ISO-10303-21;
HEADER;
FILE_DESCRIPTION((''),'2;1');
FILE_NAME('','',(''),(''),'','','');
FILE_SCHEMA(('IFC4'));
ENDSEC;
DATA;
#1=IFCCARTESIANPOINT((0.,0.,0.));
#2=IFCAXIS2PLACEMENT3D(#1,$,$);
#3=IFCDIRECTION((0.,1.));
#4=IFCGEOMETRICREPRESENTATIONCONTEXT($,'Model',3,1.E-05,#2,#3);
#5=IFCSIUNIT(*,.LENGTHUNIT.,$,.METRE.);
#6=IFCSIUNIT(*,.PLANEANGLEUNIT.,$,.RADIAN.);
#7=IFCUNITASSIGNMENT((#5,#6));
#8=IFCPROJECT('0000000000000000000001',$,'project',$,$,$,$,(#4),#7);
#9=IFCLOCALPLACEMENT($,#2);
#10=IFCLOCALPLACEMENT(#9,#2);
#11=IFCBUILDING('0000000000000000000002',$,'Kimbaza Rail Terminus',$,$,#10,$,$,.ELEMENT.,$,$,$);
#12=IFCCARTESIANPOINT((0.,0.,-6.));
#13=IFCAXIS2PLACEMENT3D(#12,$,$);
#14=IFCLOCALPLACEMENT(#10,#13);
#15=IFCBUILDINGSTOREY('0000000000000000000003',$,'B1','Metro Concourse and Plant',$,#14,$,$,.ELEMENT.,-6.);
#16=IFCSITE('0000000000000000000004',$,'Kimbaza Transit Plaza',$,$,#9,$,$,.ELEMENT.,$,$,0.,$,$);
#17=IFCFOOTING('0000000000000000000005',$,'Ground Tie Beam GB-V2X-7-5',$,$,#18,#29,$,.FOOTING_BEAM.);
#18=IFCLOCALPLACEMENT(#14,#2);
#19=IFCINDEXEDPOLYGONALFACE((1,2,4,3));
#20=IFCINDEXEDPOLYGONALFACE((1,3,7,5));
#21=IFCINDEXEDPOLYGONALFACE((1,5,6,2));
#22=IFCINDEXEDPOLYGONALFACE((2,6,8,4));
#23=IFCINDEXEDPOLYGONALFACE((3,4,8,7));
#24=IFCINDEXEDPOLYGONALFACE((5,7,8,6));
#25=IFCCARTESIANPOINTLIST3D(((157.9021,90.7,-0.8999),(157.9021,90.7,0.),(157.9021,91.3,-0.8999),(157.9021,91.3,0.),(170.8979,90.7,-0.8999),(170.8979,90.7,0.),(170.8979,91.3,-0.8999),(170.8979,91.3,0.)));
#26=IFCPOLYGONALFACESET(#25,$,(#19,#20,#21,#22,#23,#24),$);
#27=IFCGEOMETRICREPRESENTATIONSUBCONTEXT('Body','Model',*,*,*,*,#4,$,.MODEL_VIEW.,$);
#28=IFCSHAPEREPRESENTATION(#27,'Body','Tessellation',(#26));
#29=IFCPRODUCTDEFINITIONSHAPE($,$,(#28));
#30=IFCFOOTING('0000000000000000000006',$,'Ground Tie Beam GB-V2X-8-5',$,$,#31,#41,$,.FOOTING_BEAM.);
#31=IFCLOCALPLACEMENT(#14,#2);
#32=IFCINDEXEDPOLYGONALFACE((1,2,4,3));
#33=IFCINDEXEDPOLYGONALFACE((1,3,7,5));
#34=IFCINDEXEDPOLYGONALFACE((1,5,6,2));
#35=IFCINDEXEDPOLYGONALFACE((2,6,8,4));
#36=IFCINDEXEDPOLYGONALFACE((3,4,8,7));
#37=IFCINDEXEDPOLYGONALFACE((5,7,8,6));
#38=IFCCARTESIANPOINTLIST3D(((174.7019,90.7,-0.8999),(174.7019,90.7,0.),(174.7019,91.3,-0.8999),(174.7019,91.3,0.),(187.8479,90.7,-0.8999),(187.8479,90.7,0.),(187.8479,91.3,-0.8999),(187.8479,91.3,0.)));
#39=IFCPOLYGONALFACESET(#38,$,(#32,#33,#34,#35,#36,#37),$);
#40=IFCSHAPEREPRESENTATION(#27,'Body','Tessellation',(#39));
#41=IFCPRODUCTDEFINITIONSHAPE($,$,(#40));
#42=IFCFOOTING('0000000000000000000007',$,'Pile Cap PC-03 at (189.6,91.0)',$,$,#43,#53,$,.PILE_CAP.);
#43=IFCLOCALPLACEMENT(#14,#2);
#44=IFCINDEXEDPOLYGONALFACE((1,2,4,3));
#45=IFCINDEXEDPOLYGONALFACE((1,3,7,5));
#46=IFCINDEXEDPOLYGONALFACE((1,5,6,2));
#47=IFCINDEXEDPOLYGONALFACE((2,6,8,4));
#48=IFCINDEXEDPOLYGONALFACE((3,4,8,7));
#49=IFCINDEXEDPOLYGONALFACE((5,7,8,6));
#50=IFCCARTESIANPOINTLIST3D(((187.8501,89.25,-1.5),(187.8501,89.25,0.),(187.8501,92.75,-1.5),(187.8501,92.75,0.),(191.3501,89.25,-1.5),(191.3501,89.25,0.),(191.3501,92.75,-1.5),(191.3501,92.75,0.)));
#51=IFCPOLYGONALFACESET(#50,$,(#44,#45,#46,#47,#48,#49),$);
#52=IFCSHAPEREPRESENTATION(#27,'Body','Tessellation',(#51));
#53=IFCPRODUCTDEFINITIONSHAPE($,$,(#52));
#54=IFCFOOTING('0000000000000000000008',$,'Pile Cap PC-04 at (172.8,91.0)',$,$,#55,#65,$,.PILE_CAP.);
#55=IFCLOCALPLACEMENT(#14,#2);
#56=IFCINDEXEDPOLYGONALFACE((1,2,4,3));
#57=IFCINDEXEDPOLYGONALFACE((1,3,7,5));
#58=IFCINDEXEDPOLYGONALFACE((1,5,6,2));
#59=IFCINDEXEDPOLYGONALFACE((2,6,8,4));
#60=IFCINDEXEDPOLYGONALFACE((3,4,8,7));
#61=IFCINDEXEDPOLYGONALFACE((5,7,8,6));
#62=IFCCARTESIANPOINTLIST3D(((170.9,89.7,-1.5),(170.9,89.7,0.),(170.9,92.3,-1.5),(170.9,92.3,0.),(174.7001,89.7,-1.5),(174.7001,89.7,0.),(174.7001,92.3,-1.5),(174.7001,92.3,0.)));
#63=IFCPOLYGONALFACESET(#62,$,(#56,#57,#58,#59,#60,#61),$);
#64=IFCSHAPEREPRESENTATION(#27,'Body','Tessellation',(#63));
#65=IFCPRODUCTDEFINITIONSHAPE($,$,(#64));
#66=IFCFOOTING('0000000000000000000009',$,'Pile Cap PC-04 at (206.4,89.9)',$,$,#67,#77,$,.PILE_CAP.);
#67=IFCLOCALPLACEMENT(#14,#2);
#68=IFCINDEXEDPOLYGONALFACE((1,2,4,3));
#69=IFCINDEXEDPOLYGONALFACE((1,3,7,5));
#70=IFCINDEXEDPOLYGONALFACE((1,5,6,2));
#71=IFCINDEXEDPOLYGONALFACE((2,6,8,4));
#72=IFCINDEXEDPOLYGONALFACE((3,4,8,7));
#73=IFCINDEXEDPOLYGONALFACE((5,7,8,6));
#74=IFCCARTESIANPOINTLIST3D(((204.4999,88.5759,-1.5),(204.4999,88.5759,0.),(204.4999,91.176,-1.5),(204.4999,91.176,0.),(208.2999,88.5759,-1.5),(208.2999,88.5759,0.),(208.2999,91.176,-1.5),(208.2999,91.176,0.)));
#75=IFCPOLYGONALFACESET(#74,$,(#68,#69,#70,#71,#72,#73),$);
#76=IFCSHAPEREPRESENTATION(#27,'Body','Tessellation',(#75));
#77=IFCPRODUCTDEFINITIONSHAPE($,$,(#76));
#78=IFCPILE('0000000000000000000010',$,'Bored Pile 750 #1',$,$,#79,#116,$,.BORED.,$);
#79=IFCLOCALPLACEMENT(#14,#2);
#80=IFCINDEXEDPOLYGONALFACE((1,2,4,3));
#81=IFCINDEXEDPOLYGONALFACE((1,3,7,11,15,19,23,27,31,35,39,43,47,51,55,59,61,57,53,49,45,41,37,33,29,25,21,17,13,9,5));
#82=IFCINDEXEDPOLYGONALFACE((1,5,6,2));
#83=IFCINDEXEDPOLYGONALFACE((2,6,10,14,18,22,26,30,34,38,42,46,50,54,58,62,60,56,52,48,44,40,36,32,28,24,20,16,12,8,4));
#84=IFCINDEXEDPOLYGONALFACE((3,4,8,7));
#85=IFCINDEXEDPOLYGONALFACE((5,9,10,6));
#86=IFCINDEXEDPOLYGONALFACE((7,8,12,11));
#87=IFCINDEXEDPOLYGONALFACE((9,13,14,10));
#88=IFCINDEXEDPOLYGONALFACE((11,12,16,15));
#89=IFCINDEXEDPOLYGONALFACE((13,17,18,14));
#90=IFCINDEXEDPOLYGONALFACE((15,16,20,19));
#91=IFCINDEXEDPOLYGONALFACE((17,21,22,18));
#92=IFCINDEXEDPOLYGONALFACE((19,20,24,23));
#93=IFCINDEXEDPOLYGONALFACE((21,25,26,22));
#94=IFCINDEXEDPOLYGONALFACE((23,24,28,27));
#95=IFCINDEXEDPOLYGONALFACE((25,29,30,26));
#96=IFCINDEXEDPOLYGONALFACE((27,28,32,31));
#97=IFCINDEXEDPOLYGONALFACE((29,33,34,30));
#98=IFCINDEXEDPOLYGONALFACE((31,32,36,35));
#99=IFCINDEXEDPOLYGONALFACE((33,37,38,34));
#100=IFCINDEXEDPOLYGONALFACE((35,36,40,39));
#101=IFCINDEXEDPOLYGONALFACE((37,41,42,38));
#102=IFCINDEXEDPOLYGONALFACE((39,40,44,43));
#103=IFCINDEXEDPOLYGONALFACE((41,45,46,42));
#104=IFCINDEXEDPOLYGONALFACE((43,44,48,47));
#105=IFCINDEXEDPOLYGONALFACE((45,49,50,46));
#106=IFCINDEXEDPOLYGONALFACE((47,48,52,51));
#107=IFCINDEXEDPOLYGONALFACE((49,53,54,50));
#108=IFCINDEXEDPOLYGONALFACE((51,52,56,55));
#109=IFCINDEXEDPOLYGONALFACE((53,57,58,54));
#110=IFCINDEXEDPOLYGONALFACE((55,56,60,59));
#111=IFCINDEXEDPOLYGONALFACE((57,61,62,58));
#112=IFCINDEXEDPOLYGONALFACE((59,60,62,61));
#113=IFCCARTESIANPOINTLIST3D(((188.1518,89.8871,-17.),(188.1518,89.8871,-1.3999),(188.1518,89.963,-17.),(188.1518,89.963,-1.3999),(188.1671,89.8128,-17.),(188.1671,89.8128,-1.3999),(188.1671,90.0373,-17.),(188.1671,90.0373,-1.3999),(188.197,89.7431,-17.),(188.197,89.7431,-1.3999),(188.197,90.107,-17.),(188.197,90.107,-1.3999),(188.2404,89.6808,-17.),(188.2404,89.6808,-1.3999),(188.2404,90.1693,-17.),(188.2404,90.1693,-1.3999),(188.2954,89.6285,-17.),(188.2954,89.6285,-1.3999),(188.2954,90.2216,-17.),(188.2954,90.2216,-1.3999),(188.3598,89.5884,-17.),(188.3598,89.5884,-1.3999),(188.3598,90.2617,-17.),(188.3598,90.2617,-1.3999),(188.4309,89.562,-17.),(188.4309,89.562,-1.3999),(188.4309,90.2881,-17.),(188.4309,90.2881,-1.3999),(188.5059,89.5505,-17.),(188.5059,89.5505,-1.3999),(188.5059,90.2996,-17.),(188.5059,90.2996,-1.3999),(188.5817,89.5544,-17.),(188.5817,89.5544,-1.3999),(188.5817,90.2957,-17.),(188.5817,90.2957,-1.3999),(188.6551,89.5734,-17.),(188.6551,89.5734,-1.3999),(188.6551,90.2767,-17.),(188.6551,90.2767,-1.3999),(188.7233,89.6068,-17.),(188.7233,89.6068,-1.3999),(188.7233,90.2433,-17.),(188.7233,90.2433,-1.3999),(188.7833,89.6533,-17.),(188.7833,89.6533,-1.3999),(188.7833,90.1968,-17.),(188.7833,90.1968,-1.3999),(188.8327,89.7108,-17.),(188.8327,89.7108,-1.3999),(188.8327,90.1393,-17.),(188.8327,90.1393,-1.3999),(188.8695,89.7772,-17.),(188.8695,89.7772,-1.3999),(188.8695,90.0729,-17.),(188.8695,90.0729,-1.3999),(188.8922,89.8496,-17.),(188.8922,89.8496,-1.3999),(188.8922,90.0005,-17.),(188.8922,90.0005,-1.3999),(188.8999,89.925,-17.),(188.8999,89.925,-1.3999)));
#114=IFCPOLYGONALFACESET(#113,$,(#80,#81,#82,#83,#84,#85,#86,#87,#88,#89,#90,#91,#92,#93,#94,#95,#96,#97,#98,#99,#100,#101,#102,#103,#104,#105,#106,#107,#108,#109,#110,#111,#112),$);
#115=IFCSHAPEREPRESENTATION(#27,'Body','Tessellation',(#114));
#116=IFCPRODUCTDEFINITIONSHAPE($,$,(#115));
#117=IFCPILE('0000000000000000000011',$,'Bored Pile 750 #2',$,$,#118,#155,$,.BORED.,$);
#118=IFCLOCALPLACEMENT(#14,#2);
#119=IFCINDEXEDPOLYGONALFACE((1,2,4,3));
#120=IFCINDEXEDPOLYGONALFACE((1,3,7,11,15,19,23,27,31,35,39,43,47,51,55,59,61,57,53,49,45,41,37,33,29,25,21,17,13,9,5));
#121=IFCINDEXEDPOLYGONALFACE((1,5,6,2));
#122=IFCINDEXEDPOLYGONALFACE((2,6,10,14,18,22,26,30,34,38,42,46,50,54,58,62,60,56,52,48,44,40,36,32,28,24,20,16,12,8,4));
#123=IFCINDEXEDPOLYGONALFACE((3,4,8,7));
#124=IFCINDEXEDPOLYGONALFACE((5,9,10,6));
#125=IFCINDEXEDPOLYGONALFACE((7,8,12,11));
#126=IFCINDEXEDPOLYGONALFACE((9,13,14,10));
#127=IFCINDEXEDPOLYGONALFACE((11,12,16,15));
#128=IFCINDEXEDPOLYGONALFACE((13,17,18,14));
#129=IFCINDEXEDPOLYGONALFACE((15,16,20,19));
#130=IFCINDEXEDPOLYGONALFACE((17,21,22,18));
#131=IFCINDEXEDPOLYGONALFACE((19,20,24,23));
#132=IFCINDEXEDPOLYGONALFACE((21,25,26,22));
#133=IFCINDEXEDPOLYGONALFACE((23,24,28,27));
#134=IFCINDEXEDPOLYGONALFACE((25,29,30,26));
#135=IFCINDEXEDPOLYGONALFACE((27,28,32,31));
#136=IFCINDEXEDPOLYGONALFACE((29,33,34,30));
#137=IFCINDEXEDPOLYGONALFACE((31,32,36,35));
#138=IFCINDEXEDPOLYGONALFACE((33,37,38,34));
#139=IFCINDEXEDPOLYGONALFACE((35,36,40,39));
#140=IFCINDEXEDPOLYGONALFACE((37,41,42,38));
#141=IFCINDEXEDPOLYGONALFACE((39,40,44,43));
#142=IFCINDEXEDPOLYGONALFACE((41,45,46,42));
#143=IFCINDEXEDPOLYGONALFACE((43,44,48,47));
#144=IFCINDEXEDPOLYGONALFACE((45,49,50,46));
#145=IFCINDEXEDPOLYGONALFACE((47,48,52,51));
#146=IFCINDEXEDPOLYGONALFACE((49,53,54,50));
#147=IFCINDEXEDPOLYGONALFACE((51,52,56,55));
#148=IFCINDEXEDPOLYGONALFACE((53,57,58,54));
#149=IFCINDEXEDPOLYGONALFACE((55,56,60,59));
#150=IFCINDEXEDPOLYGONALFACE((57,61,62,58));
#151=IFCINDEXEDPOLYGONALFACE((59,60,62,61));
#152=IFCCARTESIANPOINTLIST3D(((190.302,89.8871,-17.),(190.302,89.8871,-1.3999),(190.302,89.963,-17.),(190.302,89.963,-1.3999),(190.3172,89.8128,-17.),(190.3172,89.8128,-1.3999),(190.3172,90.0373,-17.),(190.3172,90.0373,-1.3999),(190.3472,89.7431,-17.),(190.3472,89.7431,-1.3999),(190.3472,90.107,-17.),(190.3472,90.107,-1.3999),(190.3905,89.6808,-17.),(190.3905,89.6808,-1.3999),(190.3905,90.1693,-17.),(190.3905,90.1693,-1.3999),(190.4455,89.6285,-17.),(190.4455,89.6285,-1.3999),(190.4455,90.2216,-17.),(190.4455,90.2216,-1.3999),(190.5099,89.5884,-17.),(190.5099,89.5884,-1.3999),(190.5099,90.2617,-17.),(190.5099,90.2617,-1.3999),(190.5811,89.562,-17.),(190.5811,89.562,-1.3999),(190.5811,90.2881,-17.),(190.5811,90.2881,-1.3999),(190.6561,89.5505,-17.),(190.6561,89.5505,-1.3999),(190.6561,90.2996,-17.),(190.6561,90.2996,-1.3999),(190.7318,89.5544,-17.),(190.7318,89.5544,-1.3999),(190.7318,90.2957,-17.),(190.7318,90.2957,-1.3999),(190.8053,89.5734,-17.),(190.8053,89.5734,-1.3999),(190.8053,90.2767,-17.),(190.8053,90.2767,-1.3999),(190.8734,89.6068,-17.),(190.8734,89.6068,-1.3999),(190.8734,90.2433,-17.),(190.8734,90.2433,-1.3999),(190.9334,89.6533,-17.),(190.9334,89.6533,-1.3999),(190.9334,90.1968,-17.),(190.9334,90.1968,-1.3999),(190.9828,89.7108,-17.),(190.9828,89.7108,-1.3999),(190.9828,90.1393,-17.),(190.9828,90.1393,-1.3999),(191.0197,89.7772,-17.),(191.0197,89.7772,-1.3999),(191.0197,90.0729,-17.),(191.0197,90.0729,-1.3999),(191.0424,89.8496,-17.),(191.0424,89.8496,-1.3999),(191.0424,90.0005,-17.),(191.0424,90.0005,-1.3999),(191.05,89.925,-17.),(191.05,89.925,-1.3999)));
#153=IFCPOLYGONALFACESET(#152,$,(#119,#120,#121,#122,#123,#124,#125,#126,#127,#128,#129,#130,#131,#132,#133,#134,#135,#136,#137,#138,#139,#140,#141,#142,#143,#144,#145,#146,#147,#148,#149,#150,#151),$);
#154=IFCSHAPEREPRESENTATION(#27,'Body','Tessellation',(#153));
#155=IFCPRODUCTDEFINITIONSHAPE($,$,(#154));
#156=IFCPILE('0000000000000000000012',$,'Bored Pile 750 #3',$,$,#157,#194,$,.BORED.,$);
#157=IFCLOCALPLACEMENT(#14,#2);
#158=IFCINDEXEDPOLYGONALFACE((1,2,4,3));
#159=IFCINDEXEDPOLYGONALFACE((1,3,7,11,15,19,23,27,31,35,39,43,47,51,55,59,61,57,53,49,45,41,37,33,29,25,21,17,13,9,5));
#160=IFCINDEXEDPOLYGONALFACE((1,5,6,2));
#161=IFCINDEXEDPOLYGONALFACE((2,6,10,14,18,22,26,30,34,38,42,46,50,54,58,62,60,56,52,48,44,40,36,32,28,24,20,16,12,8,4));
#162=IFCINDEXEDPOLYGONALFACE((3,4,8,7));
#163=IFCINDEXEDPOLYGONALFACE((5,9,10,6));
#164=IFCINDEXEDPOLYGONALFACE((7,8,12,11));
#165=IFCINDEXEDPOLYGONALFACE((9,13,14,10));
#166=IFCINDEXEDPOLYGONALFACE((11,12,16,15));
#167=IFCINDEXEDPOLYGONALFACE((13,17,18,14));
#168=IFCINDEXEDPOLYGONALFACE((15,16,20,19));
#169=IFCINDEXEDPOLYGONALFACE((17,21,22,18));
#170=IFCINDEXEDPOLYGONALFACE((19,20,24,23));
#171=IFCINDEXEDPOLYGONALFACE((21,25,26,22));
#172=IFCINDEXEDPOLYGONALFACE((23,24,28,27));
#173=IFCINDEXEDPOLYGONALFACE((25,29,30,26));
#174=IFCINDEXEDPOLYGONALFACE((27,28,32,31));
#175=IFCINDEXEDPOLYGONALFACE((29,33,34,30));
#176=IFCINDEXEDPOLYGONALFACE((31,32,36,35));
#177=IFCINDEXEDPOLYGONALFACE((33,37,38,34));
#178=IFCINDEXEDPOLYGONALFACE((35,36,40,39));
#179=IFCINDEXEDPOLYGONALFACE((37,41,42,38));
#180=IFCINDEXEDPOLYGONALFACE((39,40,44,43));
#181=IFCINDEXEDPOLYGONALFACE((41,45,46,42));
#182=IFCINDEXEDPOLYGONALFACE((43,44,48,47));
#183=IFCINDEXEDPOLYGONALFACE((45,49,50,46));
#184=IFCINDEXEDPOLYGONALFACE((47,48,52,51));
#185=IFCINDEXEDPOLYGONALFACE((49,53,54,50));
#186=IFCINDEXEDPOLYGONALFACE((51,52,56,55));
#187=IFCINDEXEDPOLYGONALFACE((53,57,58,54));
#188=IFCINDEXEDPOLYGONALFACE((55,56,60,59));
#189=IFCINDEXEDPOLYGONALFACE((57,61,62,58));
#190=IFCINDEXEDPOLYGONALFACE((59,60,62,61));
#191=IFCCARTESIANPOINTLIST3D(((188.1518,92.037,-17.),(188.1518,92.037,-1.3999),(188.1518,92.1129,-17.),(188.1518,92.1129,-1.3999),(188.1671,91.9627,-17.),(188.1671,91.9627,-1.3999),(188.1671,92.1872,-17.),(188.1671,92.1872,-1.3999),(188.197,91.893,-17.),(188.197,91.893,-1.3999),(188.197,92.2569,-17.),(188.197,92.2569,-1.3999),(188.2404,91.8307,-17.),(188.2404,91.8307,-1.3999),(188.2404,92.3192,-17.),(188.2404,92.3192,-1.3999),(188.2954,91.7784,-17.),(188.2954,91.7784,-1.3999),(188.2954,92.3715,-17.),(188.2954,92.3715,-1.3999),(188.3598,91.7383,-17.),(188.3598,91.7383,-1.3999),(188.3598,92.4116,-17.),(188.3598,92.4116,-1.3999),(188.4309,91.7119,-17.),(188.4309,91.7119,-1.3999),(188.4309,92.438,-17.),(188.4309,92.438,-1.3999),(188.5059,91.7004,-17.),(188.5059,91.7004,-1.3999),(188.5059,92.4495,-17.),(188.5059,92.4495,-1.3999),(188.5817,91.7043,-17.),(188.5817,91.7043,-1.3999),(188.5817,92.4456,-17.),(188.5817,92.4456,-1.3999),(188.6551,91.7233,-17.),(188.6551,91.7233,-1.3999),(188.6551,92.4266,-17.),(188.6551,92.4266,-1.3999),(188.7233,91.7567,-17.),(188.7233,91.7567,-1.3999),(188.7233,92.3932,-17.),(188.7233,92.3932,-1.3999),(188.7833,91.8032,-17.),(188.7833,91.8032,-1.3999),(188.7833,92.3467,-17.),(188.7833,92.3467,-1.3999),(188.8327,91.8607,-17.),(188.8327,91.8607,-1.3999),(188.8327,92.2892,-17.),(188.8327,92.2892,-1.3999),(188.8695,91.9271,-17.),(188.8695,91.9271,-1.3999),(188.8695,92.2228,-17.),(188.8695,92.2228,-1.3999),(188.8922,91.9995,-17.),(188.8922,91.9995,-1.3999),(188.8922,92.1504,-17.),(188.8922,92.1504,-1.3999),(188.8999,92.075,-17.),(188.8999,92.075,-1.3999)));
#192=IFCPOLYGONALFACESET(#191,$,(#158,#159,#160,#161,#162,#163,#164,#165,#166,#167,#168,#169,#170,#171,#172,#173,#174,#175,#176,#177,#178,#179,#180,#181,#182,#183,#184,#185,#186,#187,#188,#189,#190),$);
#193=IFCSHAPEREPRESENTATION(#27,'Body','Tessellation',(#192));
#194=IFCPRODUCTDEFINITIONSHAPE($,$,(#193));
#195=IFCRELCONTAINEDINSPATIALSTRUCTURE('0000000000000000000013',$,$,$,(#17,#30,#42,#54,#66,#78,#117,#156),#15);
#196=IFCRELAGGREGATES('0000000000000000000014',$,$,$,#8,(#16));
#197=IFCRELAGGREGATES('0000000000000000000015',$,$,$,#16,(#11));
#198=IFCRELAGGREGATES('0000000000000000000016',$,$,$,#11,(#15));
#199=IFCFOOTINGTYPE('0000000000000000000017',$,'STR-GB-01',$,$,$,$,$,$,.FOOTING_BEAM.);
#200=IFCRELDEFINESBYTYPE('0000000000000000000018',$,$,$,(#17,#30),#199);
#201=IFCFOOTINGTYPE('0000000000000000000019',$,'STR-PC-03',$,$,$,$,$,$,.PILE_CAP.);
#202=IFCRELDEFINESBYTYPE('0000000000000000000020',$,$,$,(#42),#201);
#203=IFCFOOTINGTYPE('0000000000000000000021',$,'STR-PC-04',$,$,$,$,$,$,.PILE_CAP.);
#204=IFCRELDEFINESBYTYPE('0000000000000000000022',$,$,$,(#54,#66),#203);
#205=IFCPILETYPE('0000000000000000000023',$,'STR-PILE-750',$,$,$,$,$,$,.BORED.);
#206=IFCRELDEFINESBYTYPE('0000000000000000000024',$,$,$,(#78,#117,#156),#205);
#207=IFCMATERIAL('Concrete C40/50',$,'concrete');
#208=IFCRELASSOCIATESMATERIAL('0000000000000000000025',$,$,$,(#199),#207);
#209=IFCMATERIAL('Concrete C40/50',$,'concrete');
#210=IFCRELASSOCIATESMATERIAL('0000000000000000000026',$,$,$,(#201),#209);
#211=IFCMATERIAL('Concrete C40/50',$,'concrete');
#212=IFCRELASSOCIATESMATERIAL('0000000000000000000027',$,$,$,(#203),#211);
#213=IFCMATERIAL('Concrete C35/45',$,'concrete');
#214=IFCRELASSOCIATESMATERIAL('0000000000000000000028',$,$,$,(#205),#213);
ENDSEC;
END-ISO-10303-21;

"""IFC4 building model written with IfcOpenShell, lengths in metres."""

from ifc_helpers import new_model, si_unit, direction, frame, origin, origin_2d, place, context, subcontext, project, spatial, rectangle, circle, extrude, material, material_profile, profile_set, type_object, element, save


model = new_model("IFC4")

# Units and contexts
model_context = context("Model", 3, precision=1e-05, world=origin(), true_north=direction((0.0, 1.0)))
body_context = subcontext(model_context, "Body", "Model", "MODEL_VIEW")
ifc_project = project(units=[si_unit("LENGTHUNIT", "METRE"), si_unit("PLANEANGLEUNIT", "RADIAN")], contexts=[model_context])

# Site, building, storey
site_placement = place(None, origin())
site = spatial("IfcSite", under=ifc_project, at=site_placement, Name="Kimbaza Transit Plaza", CompositionType="ELEMENT", RefElevation=0.0)
building_placement = place(site_placement, origin())
building = spatial("IfcBuilding", under=site, at=building_placement, Name="Kimbaza Rail Terminus", CompositionType="ELEMENT")
storey_placement = place(building_placement, frame((0.0, 0.0, -6.0)))
storey = spatial("IfcBuildingStorey", under=building, at=storey_placement, Name="B1", Description="Metro Concourse and Plant", CompositionType="ELEMENT", Elevation=-6.0)

# Footings
ifc_material_1 = material(Name="Concrete C40/50", Category="concrete")
ifc_material_profile_1 = material_profile(ifc_material_1, rectangle(XDim=0.6001, YDim=0.8999, at=origin_2d()), Name="GB-01 600x900")
ifc_profile_set_1 = profile_set([ifc_material_profile_1], Name="Concrete C40/50")
footing_type_1 = type_object("IfcFootingType", Name="STR-GB-01", PredefinedType="FOOTING_BEAM", material=ifc_profile_set_1)
footing_1_placement = place(storey_placement, frame((157.9021, 91.0, -0.45), z_axis=(1.0, 0.0, 0.0), x_axis=(0.0, 1.0, 0.0)))
element("IfcFooting", 1, at=footing_1_placement, inside=storey, type_object=footing_type_1, Name="Ground Tie Beam GB-V2X-7-5", PredefinedType="FOOTING_BEAM", context=body_context, shape_type="SweptSolid", body=[
    extrude(rectangle(XDim=0.6001, YDim=0.8999, at=origin_2d()), origin(), (0.0, 0.0, 1.0), 12.9958),
])
footing_2_placement = place(storey_placement, frame((174.7019, 91.0, -0.45), z_axis=(1.0, 0.0, 0.0), x_axis=(0.0, 1.0, 0.0)))
element("IfcFooting", 2, at=footing_2_placement, inside=storey, type_object=footing_type_1, Name="Ground Tie Beam GB-V2X-8-5", PredefinedType="FOOTING_BEAM", context=body_context, shape_type="SweptSolid", body=[
    extrude(rectangle(XDim=0.6001, YDim=0.8999, at=origin_2d()), origin(), (0.0, 0.0, 1.0), 13.146),
])
ifc_material_2 = material(Name="Concrete C40/50", Category="concrete")
footing_type_2 = type_object("IfcFootingType", Name="STR-PC-03", PredefinedType="PILE_CAP", material=ifc_material_2)
footing_3_placement = place(storey_placement, frame((189.6001, 91.0, -1.5), z_axis=(0.0, 0.0, 1.0), x_axis=(1.0, 0.0, 0.0)))
element("IfcFooting", 3, at=footing_3_placement, inside=storey, type_object=footing_type_2, Name="Pile Cap PC-03 at (189.6,91.0)", PredefinedType="PILE_CAP", context=body_context, shape_type="SweptSolid", body=[
    extrude(rectangle(XDim=3.5, YDim=3.5, at=origin_2d()), origin(), (0.0, 0.0, 1.0), 1.5),
])
ifc_material_3 = material(Name="Concrete C40/50", Category="concrete")
footing_type_3 = type_object("IfcFootingType", Name="STR-PC-04", PredefinedType="PILE_CAP", material=ifc_material_3)
for number, where, z_axis, x_axis, name in (
    (4, (172.8, 91.0, -1.5), (0.0, 0.0, 1.0), (1.0, 0.0, 0.0), "Pile Cap PC-04 at (172.8,91.0)"),
    (5, (206.3999, 89.876, -1.5), (0.0, 0.0, 1.0), (1.0, 0.0, 0.0), "Pile Cap PC-04 at (206.4,89.9)"),
):
    element("IfcFooting", number, at=place(storey_placement, frame(where, z_axis=z_axis, x_axis=x_axis)), inside=storey, type_object=footing_type_3, Name=name, PredefinedType="PILE_CAP", context=body_context, shape_type="SweptSolid", body=[
        extrude(rectangle(XDim=3.8, YDim=2.6001, at=origin_2d()), origin(), (0.0, 0.0, 1.0), 1.5),
    ])

# Piles
ifc_material_4 = material(Name="Concrete C35/45", Category="concrete")
ifc_material_profile_2 = material_profile(ifc_material_4, circle(Radius=0.375, at=origin_2d()), Name="BORED PILE 750")
ifc_profile_set_2 = profile_set([ifc_material_profile_2], Name="Concrete C35/45")
pile_type_1 = type_object("IfcPileType", Name="STR-PILE-750", PredefinedType="BORED", material=ifc_profile_set_2)
for number, where, z_axis, x_axis, name in (
    (6, (188.5249, 89.925, -1.3999), (0.0, 0.0, -1.0), (1.0, 0.0, 0.0), "Bored Pile 750 #1"),
    (7, (190.675, 89.925, -1.3999), (0.0, 0.0, -1.0), (1.0, 0.0, 0.0), "Bored Pile 750 #2"),
    (8, (188.5249, 92.075, -1.3999), (0.0, 0.0, -1.0), (1.0, 0.0, 0.0), "Bored Pile 750 #3"),
):
    element("IfcPile", number, at=place(storey_placement, frame(where, z_axis=z_axis, x_axis=x_axis)), inside=storey, type_object=pile_type_1, Name=name, PredefinedType="BORED", context=body_context, shape_type="SweptSolid", body=[
        extrude(circle(Radius=0.375, at=origin_2d()), origin(), (0.0, 0.0, 1.0), 15.6001),
    ])

save(model, "model.ifc")
